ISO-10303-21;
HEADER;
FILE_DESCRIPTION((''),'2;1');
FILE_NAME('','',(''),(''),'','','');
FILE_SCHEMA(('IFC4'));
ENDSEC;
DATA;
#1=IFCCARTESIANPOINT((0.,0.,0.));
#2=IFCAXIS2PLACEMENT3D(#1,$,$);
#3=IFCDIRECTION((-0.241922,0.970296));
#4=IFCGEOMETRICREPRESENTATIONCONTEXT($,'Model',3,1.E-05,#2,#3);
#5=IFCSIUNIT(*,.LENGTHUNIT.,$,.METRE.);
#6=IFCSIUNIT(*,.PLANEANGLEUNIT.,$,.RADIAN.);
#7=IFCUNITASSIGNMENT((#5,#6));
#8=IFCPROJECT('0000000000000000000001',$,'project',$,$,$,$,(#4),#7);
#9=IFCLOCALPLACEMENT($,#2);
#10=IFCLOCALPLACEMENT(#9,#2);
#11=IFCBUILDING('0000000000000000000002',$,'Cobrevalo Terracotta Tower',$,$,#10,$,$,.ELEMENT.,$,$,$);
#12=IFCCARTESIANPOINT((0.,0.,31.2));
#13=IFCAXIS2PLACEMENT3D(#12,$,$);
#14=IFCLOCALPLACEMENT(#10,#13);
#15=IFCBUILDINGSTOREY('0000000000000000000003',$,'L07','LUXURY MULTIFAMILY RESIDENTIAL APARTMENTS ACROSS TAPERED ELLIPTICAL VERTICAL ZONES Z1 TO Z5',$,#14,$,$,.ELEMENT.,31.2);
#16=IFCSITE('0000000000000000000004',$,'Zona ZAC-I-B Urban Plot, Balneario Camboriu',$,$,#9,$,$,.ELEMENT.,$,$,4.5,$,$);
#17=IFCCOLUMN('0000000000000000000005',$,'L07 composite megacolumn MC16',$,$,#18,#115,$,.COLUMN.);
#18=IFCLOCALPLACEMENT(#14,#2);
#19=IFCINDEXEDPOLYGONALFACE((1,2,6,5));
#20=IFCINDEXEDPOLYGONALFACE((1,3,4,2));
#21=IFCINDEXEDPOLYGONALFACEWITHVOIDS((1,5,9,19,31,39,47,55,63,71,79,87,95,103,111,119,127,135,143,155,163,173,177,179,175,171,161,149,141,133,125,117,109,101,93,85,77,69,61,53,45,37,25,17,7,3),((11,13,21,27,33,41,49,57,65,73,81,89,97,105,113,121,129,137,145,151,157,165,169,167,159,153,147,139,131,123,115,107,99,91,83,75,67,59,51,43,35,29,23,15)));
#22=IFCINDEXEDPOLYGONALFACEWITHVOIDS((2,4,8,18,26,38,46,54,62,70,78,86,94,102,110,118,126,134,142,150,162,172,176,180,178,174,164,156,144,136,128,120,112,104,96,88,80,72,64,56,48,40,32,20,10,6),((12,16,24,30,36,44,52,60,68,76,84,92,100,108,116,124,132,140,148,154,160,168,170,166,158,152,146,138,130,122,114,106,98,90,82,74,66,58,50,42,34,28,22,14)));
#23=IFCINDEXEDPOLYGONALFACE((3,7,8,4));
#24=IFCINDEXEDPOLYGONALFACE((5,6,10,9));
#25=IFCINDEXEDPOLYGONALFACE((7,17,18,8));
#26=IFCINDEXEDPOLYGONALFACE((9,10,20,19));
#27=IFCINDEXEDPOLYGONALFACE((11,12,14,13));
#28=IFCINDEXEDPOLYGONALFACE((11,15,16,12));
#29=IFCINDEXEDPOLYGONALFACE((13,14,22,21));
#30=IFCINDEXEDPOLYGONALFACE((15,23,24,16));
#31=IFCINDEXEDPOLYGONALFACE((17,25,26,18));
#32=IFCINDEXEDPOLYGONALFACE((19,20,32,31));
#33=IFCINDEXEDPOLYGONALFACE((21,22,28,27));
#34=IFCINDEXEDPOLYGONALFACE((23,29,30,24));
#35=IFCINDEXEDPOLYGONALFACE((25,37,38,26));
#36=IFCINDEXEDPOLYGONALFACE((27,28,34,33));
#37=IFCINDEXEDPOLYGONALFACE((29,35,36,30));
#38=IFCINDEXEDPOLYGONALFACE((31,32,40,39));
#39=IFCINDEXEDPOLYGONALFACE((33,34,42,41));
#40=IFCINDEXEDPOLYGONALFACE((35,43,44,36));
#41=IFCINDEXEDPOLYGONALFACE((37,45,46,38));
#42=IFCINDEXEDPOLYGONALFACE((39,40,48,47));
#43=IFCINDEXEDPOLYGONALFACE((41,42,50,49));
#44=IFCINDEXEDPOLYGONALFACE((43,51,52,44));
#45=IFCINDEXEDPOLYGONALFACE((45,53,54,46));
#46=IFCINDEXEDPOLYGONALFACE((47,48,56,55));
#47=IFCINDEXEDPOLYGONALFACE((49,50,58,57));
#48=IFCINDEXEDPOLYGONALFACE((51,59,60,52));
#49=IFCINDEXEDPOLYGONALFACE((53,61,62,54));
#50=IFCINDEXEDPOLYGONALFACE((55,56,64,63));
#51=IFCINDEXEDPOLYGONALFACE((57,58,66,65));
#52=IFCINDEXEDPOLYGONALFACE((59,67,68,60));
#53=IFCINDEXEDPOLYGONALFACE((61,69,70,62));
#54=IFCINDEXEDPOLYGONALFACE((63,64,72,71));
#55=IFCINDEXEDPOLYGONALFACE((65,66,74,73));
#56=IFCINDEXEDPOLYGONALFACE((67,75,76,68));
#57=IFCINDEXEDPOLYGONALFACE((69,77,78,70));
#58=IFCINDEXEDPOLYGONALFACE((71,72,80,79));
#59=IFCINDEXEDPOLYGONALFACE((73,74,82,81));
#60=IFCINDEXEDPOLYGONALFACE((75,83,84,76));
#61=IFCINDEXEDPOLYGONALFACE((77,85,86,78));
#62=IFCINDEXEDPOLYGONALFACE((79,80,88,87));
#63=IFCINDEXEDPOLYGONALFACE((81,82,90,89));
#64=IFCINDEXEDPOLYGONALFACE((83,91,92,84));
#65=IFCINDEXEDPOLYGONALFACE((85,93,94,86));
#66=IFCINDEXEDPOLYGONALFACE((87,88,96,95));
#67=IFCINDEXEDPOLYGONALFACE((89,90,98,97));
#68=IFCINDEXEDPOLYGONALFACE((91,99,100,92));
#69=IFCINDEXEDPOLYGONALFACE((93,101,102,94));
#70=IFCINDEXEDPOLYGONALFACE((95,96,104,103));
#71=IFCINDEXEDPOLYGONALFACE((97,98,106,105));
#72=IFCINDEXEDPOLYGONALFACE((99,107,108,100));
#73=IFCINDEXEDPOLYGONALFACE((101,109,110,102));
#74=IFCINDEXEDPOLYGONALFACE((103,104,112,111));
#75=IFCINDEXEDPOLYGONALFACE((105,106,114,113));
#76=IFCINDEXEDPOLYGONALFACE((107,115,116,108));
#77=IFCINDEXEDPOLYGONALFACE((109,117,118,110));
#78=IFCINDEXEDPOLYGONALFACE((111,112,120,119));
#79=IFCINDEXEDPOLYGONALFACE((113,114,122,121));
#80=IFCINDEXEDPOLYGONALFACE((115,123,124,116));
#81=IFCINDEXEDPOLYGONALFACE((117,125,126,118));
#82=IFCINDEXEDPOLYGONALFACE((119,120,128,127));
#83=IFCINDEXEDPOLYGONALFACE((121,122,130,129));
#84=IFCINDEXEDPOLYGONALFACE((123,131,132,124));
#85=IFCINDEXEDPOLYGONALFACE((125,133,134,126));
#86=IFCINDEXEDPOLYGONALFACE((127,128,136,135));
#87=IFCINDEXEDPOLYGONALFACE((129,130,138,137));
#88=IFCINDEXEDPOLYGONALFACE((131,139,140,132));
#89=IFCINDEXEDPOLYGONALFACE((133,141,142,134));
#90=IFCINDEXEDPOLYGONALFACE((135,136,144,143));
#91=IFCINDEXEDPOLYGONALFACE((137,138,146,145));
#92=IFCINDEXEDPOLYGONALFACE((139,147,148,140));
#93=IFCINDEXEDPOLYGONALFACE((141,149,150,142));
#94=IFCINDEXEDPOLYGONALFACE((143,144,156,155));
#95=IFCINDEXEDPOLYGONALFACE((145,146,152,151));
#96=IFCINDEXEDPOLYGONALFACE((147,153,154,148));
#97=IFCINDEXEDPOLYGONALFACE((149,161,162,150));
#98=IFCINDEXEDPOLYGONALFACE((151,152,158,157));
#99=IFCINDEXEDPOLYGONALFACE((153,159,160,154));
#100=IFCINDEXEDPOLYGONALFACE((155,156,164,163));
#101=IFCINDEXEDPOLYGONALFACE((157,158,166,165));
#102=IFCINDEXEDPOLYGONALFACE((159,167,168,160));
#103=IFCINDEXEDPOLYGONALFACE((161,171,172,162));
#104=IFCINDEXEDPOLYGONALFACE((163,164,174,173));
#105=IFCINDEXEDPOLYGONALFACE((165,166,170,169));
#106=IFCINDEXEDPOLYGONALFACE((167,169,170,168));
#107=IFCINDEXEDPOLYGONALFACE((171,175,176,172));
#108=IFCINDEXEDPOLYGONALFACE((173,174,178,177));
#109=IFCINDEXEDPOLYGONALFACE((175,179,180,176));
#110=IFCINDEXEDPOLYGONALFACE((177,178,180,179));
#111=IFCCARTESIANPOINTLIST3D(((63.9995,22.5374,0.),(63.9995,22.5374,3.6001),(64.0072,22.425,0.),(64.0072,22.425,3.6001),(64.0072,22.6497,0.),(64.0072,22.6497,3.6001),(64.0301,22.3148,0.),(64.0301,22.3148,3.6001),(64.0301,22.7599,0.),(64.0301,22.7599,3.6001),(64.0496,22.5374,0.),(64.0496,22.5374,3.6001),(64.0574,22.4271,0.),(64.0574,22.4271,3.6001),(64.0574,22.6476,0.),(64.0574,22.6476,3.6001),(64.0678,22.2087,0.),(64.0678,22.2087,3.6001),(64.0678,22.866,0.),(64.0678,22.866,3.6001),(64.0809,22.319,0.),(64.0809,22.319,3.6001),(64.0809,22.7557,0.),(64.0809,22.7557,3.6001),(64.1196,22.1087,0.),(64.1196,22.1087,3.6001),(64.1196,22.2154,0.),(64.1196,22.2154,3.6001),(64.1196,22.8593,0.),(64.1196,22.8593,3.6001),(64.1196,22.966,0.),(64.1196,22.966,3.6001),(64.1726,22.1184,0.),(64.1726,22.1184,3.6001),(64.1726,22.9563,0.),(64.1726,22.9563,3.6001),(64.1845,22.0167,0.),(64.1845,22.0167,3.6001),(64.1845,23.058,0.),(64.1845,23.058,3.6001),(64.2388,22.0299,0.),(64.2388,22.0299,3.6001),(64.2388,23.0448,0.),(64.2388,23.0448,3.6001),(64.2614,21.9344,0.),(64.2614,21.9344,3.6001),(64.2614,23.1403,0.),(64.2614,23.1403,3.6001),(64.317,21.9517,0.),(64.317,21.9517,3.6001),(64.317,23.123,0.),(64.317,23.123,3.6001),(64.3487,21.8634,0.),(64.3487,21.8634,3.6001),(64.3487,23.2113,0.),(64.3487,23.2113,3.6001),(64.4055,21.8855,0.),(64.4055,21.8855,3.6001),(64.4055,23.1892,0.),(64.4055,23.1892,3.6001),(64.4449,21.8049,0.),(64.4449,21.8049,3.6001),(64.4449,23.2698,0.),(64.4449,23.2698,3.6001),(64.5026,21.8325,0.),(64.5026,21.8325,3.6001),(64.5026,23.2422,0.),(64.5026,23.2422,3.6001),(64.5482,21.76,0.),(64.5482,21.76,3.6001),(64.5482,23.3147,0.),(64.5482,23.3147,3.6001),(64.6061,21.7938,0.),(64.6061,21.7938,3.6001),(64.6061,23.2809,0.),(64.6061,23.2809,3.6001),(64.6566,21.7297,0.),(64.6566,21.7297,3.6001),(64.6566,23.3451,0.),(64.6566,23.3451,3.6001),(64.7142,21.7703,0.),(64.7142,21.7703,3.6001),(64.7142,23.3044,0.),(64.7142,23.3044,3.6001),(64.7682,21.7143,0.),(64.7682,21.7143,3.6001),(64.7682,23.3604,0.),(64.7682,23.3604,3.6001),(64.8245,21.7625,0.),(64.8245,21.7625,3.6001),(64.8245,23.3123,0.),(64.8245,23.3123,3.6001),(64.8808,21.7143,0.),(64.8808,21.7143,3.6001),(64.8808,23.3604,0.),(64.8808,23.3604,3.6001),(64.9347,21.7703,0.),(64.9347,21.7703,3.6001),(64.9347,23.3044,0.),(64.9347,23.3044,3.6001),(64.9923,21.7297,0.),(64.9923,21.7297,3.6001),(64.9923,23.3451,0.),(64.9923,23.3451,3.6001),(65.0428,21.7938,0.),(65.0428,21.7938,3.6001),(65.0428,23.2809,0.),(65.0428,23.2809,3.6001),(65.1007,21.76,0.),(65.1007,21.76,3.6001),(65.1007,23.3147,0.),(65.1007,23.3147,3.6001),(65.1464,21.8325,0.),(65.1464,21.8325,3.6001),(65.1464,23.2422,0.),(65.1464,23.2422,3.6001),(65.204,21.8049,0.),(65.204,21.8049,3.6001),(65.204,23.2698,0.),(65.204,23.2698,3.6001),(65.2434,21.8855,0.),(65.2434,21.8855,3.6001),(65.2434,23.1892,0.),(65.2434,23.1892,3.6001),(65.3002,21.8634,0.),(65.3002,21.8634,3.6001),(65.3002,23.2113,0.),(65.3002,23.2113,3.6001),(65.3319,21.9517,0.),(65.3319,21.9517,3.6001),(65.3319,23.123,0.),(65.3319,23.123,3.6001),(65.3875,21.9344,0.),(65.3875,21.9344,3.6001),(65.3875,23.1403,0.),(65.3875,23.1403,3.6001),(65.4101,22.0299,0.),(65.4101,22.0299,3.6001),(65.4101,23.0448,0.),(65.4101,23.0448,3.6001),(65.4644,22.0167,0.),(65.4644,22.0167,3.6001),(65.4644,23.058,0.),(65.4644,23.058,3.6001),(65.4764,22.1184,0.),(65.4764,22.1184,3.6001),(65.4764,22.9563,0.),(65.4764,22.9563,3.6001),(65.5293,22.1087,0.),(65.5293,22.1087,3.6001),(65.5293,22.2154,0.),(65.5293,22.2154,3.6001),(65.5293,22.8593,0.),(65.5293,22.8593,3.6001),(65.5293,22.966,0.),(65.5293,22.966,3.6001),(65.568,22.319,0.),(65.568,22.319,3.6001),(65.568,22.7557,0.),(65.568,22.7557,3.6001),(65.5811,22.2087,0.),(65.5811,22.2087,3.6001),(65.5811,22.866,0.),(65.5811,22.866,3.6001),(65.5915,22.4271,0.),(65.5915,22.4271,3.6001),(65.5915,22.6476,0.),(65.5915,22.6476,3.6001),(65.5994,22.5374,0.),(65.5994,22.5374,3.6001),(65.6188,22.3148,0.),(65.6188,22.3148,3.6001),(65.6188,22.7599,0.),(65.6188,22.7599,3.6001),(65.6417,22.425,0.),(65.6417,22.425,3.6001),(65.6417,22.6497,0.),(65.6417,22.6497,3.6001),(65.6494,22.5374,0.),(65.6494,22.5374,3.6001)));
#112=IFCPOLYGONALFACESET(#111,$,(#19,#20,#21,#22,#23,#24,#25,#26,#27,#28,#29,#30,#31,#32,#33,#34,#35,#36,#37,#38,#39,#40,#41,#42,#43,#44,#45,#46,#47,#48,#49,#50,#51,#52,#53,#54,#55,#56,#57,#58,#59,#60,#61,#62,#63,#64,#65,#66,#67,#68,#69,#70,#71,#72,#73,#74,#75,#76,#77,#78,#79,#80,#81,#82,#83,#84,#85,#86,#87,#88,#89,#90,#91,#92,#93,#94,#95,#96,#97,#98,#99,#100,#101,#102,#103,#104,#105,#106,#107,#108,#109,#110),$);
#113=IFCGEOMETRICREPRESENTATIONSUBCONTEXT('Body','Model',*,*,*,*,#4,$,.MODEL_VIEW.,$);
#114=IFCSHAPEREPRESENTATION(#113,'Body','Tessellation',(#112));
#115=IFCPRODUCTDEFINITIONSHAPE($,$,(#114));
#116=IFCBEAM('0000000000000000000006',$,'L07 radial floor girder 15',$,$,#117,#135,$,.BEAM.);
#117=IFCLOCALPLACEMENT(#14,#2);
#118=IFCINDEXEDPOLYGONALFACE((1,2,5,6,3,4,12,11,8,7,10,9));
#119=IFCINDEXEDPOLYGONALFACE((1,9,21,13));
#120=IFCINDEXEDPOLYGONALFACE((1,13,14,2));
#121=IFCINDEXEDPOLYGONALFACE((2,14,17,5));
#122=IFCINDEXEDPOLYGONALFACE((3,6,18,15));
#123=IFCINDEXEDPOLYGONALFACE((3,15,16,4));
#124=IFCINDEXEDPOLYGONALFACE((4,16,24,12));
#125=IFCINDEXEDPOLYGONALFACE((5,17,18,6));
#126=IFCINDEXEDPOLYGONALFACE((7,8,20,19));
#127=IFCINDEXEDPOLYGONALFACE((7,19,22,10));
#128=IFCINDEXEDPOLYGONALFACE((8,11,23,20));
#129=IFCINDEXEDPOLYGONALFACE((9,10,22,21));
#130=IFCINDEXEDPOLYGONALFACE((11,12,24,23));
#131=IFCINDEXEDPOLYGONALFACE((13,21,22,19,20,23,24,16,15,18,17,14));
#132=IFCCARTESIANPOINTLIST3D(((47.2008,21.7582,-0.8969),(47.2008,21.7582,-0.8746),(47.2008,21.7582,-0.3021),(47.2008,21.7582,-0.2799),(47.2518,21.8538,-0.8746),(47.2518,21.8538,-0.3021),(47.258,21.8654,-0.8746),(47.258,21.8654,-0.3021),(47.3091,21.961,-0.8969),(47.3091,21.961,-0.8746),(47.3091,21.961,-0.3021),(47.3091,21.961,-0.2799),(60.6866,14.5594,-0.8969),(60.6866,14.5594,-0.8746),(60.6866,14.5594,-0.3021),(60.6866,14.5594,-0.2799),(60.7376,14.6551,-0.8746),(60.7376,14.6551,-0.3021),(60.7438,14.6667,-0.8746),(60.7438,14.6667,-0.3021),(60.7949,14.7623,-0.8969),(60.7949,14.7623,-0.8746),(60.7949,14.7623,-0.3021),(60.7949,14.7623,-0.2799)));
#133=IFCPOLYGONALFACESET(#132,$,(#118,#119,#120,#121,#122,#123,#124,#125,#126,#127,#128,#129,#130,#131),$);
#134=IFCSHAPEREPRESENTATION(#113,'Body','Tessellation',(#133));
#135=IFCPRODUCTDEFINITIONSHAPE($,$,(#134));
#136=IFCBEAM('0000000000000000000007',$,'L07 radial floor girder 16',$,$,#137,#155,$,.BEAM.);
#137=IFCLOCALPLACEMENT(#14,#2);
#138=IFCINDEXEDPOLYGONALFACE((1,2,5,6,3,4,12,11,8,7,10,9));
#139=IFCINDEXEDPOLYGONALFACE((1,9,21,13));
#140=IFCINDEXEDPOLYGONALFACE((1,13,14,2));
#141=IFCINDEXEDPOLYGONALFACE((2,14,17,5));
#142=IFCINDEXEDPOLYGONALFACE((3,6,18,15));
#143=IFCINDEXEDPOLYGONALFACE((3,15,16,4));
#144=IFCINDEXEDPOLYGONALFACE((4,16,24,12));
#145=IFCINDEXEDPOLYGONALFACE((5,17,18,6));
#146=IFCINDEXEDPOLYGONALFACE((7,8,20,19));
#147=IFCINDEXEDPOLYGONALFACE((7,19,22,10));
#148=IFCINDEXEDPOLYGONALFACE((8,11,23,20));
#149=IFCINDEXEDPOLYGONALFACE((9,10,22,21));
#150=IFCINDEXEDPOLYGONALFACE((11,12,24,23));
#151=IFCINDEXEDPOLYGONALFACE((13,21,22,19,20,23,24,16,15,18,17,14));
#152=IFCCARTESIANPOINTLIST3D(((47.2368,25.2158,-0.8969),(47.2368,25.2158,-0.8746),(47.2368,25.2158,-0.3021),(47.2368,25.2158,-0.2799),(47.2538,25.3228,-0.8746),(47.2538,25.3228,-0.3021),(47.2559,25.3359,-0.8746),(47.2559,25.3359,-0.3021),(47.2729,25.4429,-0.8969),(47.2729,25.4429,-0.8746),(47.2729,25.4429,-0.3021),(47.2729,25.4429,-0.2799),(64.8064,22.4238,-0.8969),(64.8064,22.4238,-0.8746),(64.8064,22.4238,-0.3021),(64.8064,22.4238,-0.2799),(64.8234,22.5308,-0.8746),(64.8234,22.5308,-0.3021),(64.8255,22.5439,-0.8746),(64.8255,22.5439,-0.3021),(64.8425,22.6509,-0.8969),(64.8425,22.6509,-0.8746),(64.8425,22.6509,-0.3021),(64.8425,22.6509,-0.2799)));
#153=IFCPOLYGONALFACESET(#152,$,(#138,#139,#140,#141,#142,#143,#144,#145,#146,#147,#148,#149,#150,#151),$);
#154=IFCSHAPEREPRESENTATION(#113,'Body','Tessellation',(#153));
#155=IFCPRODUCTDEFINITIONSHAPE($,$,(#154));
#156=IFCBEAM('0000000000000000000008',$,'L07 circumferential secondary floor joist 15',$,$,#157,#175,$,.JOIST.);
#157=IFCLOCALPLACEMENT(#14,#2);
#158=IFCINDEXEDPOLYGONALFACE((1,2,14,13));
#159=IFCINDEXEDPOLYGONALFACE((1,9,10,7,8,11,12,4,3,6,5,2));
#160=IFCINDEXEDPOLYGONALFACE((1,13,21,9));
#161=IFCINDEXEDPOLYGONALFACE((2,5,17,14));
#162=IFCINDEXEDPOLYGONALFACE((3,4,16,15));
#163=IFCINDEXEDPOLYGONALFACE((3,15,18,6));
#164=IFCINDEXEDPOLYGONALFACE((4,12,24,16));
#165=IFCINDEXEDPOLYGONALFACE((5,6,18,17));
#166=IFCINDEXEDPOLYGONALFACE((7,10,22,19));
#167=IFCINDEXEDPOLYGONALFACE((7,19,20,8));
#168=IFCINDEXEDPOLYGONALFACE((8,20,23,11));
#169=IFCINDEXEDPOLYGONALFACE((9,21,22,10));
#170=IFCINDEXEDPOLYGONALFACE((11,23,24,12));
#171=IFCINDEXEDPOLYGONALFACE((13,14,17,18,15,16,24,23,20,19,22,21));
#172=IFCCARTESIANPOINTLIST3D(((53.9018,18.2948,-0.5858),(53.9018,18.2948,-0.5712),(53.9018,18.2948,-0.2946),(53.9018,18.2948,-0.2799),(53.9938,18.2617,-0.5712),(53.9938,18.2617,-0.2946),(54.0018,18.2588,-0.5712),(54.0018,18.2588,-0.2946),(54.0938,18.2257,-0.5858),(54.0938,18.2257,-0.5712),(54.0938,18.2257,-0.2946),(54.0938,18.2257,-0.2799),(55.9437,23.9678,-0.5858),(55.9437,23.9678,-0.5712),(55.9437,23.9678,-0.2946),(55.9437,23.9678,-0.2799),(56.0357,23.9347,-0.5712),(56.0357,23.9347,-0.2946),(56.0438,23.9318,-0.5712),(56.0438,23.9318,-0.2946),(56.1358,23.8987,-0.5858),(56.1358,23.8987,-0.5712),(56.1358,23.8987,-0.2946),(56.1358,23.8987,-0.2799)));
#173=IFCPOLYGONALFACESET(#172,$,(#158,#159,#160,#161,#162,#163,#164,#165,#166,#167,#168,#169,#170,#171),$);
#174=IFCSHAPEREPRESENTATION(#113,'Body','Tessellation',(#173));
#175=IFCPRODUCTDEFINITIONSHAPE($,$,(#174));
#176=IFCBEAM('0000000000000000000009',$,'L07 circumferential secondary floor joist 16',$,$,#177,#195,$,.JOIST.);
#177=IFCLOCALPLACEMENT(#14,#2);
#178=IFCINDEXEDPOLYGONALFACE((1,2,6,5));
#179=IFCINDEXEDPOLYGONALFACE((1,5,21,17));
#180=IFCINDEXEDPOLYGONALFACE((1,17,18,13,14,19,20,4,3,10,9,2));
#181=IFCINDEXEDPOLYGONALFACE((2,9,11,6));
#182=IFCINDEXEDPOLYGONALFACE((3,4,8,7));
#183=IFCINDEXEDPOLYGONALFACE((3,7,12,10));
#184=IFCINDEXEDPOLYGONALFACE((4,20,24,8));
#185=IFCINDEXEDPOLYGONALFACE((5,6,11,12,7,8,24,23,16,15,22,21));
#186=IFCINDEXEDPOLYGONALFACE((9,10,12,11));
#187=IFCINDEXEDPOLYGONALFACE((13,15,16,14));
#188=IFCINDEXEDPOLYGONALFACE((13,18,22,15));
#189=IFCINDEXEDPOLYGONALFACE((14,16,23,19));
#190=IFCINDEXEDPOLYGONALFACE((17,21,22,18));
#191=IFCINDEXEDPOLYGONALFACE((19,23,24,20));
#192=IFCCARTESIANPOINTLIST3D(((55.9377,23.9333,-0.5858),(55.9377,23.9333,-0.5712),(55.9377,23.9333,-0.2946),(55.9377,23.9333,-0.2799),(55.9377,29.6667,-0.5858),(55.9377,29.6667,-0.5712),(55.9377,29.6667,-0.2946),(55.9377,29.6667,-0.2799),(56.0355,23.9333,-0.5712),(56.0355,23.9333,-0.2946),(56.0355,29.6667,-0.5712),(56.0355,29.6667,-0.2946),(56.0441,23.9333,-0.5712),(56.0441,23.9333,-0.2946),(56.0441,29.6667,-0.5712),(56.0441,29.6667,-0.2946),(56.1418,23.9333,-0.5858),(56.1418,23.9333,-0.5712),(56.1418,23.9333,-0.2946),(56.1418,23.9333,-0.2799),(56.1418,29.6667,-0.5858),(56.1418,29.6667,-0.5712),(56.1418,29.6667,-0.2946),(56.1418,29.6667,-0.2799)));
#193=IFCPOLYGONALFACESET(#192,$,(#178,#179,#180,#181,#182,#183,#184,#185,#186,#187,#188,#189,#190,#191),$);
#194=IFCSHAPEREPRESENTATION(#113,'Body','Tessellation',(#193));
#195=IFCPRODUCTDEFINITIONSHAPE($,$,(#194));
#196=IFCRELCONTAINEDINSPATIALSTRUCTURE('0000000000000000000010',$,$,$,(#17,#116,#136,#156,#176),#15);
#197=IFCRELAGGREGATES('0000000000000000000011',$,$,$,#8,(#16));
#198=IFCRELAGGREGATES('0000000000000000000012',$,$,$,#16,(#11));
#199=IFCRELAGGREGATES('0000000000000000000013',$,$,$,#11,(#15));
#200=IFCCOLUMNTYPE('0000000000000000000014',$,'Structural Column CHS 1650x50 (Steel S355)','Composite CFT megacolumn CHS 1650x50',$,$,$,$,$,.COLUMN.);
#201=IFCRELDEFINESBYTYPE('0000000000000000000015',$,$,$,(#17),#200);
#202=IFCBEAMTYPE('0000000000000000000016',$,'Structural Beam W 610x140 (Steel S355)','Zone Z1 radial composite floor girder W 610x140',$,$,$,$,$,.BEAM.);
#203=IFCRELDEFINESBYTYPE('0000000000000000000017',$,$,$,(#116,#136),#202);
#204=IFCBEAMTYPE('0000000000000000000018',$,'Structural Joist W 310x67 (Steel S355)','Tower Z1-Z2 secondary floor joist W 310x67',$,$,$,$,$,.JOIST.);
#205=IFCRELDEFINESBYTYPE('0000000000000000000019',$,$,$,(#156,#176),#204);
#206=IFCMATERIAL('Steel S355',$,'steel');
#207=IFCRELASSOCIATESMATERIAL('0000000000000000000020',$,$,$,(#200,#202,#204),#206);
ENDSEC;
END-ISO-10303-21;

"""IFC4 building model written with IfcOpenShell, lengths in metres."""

from ifc_helpers import new_model, si_unit, direction, frame, origin, origin_2d, place, context, subcontext, project, spatial, hollow_circle, i_section, extrude, material, material_profile, profile_set, type_object, element, save


model = new_model("IFC4")

# Units and contexts
model_context = context("Model", 3, precision=1e-05, world=origin(), true_north=direction((-0.241922, 0.970296)))
body_context = subcontext(model_context, "Body", "Model", "MODEL_VIEW")
ifc_project = project(units=[si_unit("LENGTHUNIT", "METRE"), si_unit("PLANEANGLEUNIT", "RADIAN")], contexts=[model_context])

# Site, building, storey
site_placement = place(None, origin())
site = spatial("IfcSite", under=ifc_project, at=site_placement, Name="Zona ZAC-I-B Urban Plot, Balneario Camboriu", CompositionType="ELEMENT", RefElevation=4.5)
building_placement = place(site_placement, origin())
building = spatial("IfcBuilding", under=site, at=building_placement, Name="Cobrevalo Terracotta Tower", CompositionType="ELEMENT")
storey_placement = place(building_placement, frame((0.0, 0.0, 31.2)))
storey = spatial("IfcBuildingStorey", under=building, at=storey_placement, Name="L07", Description="LUXURY MULTIFAMILY RESIDENTIAL APARTMENTS ACROSS TAPERED ELLIPTICAL VERTICAL ZONES Z1 TO Z5", CompositionType="ELEMENT", Elevation=31.2)

# Column
ifc_material_1 = material(Name="Steel S355", Category="steel")
ifc_material_profile_1 = material_profile(ifc_material_1, hollow_circle(Radius=0.825, WallThickness=0.05, at=origin_2d()), Name="CHS 1650x50")
ifc_profile_set_1 = profile_set([ifc_material_profile_1], Name="Steel S355")
column_type = type_object("IfcColumnType", Name="Structural Column CHS 1650x50 (Steel S355)", Description="Composite CFT megacolumn CHS 1650x50", PredefinedType="COLUMN", material=ifc_profile_set_1)
column_placement = place(storey_placement, frame((64.8245, 22.5374, 0.0), z_axis=(0.0, 0.0, 1.0), x_axis=(1.0, 0.0, 0.0)))
element("IfcColumn", 1, at=column_placement, inside=storey, type_object=column_type, Name="L07 composite megacolumn MC16", PredefinedType="COLUMN", context=body_context, shape_type="SweptSolid", body=[
    extrude(hollow_circle(Radius=0.825, WallThickness=0.05, at=origin_2d()), origin(), (0.0, 0.0, 1.0), 3.6001),
])

# Beams
ifc_material_profile_2 = material_profile(ifc_material_1, i_section(OverallWidth=0.23, OverallDepth=0.6169, WebThickness=0.0132, FlangeThickness=0.0222, at=origin_2d()), Name="W 610x140")
ifc_profile_set_2 = profile_set([ifc_material_profile_2], Name="Steel S355")
beam_type_1 = type_object("IfcBeamType", Name="Structural Beam W 610x140 (Steel S355)", Description="Zone Z1 radial composite floor girder W 610x140", PredefinedType="BEAM", material=ifc_profile_set_2)
beam_1_placement = place(storey_placement, frame((60.7407, 14.6609, -0.5884), z_axis=(-0.882182, 0.470908, 0.0), x_axis=(-0.470908, -0.882182, 0.0)))
element("IfcBeam", 2, at=beam_1_placement, inside=storey, type_object=beam_type_1, Name="L07 radial floor girder 15", PredefinedType="BEAM", context=body_context, shape_type="SweptSolid", body=[
    extrude(i_section(OverallWidth=0.23, OverallDepth=0.6169, WebThickness=0.0132, FlangeThickness=0.0222, at=origin_2d()), origin(), (0.0, 0.0, 1.0), 15.2869),
])
beam_2_placement = place(storey_placement, frame((64.8245, 22.5374, -0.5884), z_axis=(-0.987608, 0.156941, 0.0), x_axis=(-0.156941, -0.987608, 0.0)))
element("IfcBeam", 3, at=beam_2_placement, inside=storey, type_object=beam_type_1, Name="L07 radial floor girder 16", PredefinedType="BEAM", context=body_context, shape_type="SweptSolid", body=[
    extrude(i_section(OverallWidth=0.23, OverallDepth=0.6169, WebThickness=0.0132, FlangeThickness=0.0222, at=origin_2d()), origin(), (0.0, 0.0, 1.0), 17.79),
])
ifc_material_profile_3 = material_profile(ifc_material_1, i_section(OverallWidth=0.2041, OverallDepth=0.3059, WebThickness=0.0085, FlangeThickness=0.0146, at=origin_2d()), Name="W 310x67")
ifc_profile_set_3 = profile_set([ifc_material_profile_3], Name="Steel S355")
beam_type_2 = type_object("IfcBeamType", Name="Structural Joist W 310x67 (Steel S355)", Description="Tower Z1-Z2 secondary floor joist W 310x67", PredefinedType="JOIST", material=ifc_profile_set_3)
beam_3_placement = place(storey_placement, frame((53.9978, 18.2603, -0.4329), z_axis=(0.338672, 0.940904, 0.0), x_axis=(-0.940904, 0.338672, 0.0)))
element("IfcBeam", 4, at=beam_3_placement, inside=storey, type_object=beam_type_2, Name="L07 circumferential secondary floor joist 15", PredefinedType="JOIST", context=body_context, shape_type="SweptSolid", body=[
    extrude(i_section(OverallWidth=0.2041, OverallDepth=0.3059, WebThickness=0.0085, FlangeThickness=0.0146, at=origin_2d()), origin(), (0.0, 0.0, 1.0), 6.0293),
])
beam_4_placement = place(storey_placement, frame((56.0398, 23.9333, -0.4329), z_axis=(0.0, 1.0, 0.0), x_axis=(-1.0, 0.0, 0.0)))
element("IfcBeam", 5, at=beam_4_placement, inside=storey, type_object=beam_type_2, Name="L07 circumferential secondary floor joist 16", PredefinedType="JOIST", context=body_context, shape_type="SweptSolid", body=[
    extrude(i_section(OverallWidth=0.2041, OverallDepth=0.3059, WebThickness=0.0085, FlangeThickness=0.0146, at=origin_2d()), origin(), (0.0, 0.0, 1.0), 5.7334),
])

save(model, "model.ifc")
